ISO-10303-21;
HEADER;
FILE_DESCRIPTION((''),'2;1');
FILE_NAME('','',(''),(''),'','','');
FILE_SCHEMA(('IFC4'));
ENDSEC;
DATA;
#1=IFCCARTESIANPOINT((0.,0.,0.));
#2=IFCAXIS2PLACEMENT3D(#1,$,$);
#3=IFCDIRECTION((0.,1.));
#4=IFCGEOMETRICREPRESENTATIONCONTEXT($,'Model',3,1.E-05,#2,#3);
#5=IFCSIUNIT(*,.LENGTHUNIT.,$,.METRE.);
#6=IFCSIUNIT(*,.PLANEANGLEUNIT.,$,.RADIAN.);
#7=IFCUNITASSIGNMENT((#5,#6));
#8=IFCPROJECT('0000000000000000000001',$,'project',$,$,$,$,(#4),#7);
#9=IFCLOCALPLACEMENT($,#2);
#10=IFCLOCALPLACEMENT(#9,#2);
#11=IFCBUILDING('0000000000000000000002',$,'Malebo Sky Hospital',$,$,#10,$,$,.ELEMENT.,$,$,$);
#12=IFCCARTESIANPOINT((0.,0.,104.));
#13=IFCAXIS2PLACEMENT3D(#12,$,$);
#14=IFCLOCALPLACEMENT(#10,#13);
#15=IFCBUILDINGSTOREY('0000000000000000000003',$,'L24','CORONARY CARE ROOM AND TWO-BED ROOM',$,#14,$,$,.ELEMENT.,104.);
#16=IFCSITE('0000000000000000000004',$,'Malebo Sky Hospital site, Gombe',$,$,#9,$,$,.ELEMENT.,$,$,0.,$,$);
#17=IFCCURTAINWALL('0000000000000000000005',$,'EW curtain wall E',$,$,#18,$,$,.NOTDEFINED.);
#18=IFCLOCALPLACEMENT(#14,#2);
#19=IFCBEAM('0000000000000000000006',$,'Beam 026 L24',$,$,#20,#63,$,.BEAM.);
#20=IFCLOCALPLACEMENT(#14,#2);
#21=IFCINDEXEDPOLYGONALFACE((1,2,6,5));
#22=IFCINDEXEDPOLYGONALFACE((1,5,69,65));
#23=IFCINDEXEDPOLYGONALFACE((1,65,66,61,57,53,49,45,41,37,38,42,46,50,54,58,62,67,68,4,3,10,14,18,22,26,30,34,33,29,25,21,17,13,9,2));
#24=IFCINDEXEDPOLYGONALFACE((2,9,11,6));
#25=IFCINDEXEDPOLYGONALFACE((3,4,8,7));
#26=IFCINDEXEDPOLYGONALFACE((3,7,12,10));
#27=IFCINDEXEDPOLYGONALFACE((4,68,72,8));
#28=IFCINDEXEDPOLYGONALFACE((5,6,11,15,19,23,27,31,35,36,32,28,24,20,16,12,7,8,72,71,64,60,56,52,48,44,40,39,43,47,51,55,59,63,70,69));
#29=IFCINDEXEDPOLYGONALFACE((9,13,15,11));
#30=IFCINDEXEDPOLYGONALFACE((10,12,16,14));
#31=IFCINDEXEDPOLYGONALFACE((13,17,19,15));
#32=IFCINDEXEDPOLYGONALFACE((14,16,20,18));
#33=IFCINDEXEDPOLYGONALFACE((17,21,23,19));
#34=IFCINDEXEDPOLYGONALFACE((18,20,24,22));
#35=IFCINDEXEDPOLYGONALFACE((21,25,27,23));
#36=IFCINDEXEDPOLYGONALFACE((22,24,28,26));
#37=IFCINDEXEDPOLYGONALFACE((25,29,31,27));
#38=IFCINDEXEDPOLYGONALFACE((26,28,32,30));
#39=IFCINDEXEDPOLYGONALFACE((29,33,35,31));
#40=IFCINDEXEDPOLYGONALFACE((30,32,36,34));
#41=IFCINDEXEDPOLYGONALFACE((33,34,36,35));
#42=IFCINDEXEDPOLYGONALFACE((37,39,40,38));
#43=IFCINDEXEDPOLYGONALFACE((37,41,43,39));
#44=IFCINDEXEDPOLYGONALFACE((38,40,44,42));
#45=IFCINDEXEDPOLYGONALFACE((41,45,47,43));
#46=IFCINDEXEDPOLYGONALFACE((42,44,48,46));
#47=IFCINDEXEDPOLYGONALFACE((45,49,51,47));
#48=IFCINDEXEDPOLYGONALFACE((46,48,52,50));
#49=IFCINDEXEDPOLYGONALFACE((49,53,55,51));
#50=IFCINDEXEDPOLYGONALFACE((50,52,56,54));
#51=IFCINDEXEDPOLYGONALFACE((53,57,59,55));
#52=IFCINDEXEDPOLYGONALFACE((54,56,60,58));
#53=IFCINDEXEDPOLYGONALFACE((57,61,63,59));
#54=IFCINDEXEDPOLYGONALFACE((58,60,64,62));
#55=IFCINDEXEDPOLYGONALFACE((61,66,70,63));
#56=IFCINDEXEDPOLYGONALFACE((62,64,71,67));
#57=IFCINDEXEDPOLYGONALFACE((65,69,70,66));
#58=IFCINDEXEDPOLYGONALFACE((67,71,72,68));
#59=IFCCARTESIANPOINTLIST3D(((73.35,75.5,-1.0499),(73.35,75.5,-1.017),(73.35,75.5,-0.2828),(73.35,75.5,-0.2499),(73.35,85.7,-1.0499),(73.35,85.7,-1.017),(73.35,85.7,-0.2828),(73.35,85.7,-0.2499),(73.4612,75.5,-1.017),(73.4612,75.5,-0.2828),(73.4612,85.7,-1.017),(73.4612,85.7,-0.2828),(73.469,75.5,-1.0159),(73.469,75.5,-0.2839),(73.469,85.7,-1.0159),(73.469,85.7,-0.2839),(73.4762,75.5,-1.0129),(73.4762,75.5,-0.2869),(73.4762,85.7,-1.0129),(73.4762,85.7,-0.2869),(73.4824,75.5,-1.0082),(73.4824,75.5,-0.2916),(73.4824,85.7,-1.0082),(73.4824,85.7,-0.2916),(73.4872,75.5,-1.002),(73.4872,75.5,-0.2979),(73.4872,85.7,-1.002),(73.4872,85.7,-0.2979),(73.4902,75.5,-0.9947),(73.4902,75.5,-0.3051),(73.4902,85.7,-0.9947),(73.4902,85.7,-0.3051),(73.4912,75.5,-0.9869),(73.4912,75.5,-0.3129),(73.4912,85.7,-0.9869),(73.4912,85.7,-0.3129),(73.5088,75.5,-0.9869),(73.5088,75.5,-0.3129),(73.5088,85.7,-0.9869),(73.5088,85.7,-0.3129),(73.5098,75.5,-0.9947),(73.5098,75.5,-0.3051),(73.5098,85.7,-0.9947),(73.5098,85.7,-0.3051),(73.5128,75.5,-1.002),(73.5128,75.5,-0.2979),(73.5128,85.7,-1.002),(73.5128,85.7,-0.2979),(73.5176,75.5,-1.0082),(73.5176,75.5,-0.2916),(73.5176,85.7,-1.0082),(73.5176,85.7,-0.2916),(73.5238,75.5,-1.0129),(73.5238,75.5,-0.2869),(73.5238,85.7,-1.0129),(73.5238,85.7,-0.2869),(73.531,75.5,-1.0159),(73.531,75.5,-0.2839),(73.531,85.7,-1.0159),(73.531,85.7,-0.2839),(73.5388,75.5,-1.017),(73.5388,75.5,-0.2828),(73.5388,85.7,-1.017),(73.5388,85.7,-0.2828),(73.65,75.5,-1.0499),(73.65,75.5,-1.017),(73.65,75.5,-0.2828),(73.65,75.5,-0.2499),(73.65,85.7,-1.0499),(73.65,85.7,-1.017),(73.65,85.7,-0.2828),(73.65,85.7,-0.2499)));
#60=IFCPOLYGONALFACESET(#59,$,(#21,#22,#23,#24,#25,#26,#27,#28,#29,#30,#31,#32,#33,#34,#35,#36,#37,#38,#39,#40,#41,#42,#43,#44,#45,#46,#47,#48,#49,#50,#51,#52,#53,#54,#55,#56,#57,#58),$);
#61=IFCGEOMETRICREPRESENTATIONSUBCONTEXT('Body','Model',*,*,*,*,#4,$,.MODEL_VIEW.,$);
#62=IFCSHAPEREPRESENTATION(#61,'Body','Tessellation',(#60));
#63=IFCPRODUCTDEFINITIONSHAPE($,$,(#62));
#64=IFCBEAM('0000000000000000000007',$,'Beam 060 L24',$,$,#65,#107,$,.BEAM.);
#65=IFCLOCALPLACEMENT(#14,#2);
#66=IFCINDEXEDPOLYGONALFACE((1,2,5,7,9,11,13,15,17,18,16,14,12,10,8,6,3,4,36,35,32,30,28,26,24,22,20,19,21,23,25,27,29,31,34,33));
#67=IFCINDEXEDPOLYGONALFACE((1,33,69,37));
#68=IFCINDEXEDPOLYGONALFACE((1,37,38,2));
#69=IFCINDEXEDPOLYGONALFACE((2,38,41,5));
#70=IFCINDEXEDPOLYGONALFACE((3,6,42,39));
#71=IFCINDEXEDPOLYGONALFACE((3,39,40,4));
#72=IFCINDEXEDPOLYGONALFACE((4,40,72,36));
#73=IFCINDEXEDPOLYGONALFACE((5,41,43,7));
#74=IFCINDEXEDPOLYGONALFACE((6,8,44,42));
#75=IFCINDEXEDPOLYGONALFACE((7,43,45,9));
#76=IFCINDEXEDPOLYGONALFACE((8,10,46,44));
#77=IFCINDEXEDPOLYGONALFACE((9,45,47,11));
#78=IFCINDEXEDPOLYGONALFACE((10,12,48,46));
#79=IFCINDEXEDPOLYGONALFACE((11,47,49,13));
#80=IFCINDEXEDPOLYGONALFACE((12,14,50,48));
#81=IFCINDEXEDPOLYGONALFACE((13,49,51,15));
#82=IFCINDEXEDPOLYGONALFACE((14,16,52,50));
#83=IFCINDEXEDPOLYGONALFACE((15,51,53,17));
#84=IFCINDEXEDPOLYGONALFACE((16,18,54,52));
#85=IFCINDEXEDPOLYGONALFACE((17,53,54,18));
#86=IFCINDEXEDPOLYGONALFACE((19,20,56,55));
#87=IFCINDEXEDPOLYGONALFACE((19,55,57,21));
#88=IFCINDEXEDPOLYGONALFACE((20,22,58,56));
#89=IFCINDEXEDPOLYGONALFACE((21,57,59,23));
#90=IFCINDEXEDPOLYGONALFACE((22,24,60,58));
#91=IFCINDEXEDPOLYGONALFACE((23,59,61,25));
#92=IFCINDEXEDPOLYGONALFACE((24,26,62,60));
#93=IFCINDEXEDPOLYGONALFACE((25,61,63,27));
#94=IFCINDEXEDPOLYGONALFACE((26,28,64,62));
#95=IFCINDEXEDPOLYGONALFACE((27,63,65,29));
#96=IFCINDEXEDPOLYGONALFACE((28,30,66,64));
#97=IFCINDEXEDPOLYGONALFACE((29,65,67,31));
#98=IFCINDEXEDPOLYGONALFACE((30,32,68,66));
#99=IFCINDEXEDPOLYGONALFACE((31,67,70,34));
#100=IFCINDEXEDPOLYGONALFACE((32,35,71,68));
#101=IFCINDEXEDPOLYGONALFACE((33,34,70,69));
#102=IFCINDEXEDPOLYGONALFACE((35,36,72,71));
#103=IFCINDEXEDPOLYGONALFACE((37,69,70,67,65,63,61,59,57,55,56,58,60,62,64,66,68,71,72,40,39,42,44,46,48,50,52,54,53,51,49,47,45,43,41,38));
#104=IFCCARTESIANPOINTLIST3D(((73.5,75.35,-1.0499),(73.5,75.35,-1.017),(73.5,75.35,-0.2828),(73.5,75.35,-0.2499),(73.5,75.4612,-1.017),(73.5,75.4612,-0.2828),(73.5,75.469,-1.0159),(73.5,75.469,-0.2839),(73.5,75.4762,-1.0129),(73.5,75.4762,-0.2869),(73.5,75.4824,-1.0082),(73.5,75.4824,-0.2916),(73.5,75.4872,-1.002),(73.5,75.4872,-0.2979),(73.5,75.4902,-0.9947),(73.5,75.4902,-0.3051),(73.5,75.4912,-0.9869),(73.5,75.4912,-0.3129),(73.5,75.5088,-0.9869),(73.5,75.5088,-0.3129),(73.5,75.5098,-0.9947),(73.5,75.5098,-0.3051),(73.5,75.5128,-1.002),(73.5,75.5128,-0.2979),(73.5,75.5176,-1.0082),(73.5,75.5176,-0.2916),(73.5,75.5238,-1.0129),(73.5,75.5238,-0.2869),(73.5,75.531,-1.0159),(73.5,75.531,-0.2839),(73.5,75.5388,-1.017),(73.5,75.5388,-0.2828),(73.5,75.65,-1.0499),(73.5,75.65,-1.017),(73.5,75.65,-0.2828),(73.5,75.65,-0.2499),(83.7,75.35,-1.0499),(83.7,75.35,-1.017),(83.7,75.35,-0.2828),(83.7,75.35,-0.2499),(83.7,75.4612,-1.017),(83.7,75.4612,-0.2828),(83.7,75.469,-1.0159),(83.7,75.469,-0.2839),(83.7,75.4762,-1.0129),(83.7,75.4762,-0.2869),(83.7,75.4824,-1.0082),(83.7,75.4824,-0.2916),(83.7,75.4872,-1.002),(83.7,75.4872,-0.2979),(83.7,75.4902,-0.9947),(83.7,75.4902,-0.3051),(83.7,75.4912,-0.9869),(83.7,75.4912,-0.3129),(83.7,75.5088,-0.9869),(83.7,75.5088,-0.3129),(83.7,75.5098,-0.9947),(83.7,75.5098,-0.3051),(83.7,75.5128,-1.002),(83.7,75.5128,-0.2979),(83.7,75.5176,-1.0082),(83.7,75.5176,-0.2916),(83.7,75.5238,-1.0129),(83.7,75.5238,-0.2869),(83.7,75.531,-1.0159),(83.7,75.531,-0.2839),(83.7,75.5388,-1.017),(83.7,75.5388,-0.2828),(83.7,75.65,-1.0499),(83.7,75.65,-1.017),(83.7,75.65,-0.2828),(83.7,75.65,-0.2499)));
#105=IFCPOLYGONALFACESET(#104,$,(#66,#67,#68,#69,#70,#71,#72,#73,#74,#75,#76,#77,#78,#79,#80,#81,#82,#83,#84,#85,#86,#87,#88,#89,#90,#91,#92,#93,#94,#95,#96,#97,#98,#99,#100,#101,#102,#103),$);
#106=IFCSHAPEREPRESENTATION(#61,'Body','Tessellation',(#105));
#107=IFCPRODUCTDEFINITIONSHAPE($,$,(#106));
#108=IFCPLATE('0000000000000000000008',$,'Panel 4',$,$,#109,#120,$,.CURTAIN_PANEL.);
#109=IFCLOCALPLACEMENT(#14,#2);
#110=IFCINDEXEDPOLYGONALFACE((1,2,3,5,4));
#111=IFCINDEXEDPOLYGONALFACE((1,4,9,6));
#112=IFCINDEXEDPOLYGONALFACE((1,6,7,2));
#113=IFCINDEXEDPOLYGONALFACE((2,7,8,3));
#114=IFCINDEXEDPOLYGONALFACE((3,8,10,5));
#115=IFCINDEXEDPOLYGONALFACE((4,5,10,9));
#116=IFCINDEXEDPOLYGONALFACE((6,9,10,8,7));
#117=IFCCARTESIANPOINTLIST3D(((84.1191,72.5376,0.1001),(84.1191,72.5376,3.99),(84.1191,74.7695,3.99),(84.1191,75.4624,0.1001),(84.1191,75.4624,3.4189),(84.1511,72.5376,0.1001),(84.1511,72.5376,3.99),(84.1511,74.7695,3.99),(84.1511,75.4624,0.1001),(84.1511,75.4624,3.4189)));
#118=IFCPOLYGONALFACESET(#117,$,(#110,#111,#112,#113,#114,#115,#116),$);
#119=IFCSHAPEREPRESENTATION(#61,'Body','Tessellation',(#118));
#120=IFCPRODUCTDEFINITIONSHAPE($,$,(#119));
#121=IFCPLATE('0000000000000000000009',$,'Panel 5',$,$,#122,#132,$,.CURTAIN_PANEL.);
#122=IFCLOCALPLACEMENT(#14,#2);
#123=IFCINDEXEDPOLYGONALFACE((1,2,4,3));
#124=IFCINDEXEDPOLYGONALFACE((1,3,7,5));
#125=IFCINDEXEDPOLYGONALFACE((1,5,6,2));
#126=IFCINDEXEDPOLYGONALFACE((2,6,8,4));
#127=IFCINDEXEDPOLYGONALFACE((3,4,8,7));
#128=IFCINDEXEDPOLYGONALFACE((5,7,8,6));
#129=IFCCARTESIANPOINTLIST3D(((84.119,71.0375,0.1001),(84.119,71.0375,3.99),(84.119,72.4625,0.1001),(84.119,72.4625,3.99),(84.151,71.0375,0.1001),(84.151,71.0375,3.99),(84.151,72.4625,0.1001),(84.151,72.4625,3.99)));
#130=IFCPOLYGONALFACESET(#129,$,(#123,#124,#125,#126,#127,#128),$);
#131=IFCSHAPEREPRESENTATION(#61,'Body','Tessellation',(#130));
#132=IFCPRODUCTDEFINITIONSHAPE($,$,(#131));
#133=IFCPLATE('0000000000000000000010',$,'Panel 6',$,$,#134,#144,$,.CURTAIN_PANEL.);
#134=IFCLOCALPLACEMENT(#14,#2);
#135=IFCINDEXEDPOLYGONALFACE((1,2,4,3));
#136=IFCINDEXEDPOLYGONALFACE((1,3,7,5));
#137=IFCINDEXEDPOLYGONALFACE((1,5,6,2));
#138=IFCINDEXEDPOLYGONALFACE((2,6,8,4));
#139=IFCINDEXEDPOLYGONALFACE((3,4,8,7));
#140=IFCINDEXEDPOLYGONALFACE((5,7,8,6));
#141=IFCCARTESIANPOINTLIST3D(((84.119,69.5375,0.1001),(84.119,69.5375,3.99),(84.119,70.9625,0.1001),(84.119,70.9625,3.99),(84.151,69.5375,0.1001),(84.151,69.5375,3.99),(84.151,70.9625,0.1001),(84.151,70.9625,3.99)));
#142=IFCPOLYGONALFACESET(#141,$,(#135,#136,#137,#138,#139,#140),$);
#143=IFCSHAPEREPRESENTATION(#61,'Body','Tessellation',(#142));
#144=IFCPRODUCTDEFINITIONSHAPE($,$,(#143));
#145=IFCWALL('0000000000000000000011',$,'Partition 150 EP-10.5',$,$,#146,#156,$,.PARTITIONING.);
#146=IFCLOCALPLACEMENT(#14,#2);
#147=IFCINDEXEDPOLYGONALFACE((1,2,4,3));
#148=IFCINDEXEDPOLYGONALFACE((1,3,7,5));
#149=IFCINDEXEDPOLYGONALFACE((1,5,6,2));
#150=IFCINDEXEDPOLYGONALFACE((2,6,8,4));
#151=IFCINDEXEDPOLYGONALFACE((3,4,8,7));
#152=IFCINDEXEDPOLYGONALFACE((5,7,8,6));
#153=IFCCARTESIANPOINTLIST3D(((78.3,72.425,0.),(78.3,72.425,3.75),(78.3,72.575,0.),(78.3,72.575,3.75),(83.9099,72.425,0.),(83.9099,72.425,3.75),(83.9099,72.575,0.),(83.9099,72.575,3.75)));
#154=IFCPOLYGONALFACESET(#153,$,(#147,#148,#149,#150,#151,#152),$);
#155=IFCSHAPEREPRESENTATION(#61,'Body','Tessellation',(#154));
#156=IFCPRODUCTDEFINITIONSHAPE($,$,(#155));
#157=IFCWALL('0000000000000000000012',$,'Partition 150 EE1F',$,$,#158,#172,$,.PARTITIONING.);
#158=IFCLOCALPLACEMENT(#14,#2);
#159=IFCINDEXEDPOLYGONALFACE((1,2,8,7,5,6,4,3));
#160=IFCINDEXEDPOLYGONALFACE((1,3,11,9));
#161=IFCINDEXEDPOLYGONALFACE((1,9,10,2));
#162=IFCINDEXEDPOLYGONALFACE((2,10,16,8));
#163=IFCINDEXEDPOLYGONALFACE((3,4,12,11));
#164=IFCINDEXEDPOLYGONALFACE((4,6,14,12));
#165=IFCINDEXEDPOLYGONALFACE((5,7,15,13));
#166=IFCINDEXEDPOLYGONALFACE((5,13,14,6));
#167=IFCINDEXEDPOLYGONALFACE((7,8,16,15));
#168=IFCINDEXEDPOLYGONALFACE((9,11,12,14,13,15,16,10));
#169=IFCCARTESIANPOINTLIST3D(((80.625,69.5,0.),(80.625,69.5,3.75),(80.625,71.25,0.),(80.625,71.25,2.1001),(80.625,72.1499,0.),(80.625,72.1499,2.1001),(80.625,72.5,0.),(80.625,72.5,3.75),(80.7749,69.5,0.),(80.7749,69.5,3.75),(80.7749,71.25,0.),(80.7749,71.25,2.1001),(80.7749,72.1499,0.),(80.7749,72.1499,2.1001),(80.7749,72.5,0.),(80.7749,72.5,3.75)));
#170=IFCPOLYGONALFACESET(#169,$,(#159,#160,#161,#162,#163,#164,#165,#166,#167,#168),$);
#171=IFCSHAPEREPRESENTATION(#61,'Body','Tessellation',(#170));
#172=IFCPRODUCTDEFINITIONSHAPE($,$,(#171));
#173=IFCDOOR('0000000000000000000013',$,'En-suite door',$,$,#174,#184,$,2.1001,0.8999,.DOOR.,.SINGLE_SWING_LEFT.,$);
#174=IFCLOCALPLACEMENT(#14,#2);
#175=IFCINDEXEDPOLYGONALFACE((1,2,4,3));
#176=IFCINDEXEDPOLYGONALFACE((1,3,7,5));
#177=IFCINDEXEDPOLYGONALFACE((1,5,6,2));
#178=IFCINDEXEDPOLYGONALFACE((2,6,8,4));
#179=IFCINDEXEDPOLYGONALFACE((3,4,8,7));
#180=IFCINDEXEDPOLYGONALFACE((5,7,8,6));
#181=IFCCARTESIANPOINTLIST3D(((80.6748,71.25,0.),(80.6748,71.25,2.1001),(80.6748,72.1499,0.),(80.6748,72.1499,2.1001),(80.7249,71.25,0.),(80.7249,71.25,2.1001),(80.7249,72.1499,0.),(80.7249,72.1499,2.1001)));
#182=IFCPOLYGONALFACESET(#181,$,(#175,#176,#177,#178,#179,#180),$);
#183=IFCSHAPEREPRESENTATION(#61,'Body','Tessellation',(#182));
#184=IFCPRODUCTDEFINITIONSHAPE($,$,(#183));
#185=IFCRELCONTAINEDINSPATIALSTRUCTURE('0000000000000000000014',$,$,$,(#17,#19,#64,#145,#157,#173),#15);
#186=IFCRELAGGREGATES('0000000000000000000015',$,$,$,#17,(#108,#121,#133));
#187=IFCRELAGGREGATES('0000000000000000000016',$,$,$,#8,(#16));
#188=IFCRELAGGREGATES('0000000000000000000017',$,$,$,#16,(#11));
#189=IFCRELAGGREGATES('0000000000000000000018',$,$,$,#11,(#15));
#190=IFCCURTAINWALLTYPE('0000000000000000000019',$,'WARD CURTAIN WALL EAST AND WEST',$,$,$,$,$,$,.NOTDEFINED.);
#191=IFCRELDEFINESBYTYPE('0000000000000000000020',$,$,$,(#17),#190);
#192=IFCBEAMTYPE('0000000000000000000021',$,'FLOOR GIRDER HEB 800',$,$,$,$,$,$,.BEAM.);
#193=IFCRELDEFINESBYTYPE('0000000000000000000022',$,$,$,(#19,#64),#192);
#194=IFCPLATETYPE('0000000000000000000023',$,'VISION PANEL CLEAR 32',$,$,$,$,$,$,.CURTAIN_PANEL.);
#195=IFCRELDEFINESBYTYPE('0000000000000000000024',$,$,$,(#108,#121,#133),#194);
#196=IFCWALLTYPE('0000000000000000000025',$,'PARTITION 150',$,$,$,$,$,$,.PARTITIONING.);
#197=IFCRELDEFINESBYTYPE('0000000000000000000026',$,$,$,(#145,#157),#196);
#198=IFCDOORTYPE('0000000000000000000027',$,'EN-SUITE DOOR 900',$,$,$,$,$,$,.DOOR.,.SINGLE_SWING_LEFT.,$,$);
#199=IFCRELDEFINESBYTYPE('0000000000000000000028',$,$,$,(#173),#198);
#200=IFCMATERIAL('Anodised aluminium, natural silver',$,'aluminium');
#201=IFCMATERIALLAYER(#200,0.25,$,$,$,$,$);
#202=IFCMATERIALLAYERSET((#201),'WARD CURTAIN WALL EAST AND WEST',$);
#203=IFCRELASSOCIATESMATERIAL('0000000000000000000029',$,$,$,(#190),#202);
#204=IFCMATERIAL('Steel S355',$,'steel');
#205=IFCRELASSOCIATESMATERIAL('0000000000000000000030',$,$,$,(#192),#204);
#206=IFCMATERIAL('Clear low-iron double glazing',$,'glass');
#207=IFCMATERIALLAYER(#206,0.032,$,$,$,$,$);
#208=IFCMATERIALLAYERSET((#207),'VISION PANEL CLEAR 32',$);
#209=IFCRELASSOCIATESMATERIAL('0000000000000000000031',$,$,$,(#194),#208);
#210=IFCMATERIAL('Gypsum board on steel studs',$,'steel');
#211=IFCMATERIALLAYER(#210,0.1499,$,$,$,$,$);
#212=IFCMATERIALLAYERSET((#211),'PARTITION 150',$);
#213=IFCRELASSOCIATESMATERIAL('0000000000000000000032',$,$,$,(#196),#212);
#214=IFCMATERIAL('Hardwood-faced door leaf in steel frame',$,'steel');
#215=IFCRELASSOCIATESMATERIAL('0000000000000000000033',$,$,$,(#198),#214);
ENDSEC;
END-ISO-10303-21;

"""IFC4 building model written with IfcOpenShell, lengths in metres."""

from ifc_helpers import new_model, si_unit, direction, frame, frame_2d, origin, origin_2d, place, context, subcontext, project, spatial, polyline, rectangle, i_section, outline, extrude, material, layer, layer_set, material_profile, profile_set, type_object, element, fill, aggregate, save


model = new_model("IFC4")

# Units and contexts
model_context = context("Model", 3, precision=1e-05, world=origin(), true_north=direction((0.0, 1.0)))
body_context = subcontext(model_context, "Body", "Model", "MODEL_VIEW")
ifc_project = project(units=[si_unit("LENGTHUNIT", "METRE"), si_unit("PLANEANGLEUNIT", "RADIAN")], contexts=[model_context])

# Site, building, storey
site_placement = place(None, origin())
site = spatial("IfcSite", under=ifc_project, at=site_placement, Name="Malebo Sky Hospital site, Gombe", CompositionType="ELEMENT", RefElevation=0.0)
building_placement = place(site_placement, origin())
building = spatial("IfcBuilding", under=site, at=building_placement, Name="Malebo Sky Hospital", CompositionType="ELEMENT")
storey_placement = place(building_placement, frame((0.0, 0.0, 104.0)))
storey = spatial("IfcBuildingStorey", under=building, at=storey_placement, Name="L24", Description="CORONARY CARE ROOM AND TWO-BED ROOM", CompositionType="ELEMENT", Elevation=104.0)

# Curtain wall
ifc_material_1 = material(Name="Anodised aluminium, natural silver", Category="aluminium")
ifc_layer_1 = layer(ifc_material_1, 0.25)
ifc_layer_set_1 = layer_set([ifc_layer_1], Name="WARD CURTAIN WALL EAST AND WEST")
curtain_wall_type = type_object("IfcCurtainWallType", Name="WARD CURTAIN WALL EAST AND WEST", PredefinedType="NOTDEFINED", material=ifc_layer_set_1)
curtain_wall_placement = place(storey_placement, origin())
curtain_wall = element("IfcCurtainWall", 1, at=curtain_wall_placement, inside=storey, type_object=curtain_wall_type, Name="EW curtain wall E", PredefinedType="NOTDEFINED")

# Beams
ifc_material_2 = material(Name="Steel S355", Category="steel")
ifc_material_profile_1 = material_profile(ifc_material_2, i_section(OverallWidth=0.3, OverallDepth=0.8, WebThickness=0.0176, FlangeThickness=0.033, FilletRadius=0.03, at=origin_2d()), Name="HEB 800")
ifc_profile_set_1 = profile_set([ifc_material_profile_1], Name="Steel S355")
beam_type_1 = type_object("IfcBeamType", Name="FLOOR GIRDER HEB 800", PredefinedType="BEAM", material=ifc_profile_set_1)
for number, where, z_axis, x_axis, name in (
    (2, (73.5, 75.5, -0.6499), (0.0, 1.0, 0.0), (-1.0, 0.0, 0.0), "Beam 026 L24"),
    (3, (73.5, 75.5, -0.6499), (1.0, 0.0, 0.0), (0.0, 1.0, 0.0), "Beam 060 L24"),
):
    element("IfcBeam", number, at=place(storey_placement, frame(where, z_axis=z_axis, x_axis=x_axis)), inside=storey, type_object=beam_type_1, Name=name, PredefinedType="BEAM", context=body_context, shape_type="SweptSolid", body=[
        extrude(i_section(OverallWidth=0.3, OverallDepth=0.8, WebThickness=0.0176, FlangeThickness=0.033, FilletRadius=0.03, at=origin_2d()), origin(), (0.0, 0.0, 1.0), 10.2),
    ])

# Plates
ifc_material_3 = material(Name="Clear low-iron double glazing", Category="glass")
ifc_layer_2 = layer(ifc_material_3, 0.032)
ifc_layer_set_2 = layer_set([ifc_layer_2], Name="VISION PANEL CLEAR 32")
plate_type = type_object("IfcPlateType", Name="VISION PANEL CLEAR 32", PredefinedType="CURTAIN_PANEL", material=ifc_layer_set_2)
plate_1_placement = place(storey_placement, frame((84.135, 74.0, 0.1001), z_axis=(0.0, 0.0, 1.0), x_axis=(0.0, -1.0, 0.0)))
plate_1 = element("IfcPlate", 4, at=plate_1_placement, type_object=plate_type, Name="Panel 4", PredefinedType="CURTAIN_PANEL", context=body_context, shape_type="SweptSolid", body=[
    extrude(outline(polyline([(-1.4624, 0.0), (1.4624, 0.0), (1.4624, 3.8899), (-0.7695, 3.8899), (-1.4624, 3.3188), (-1.4624, 0.0)])), frame((0.0, 0.0161, 0.0), z_axis=(0.0, -1.0, 0.0), x_axis=(1.0, 0.0, 0.0)), (0.0, 0.0, 1.0), 0.032),
])
plate_2_placement = place(storey_placement, frame((84.135, 71.75, 0.1001), z_axis=(0.0, 0.0, 1.0), x_axis=(0.0, -1.0, 0.0)))
plate_2 = element("IfcPlate", 5, at=plate_2_placement, type_object=plate_type, Name="Panel 5", PredefinedType="CURTAIN_PANEL", context=body_context, shape_type="SweptSolid", body=[
    extrude(rectangle(XDim=1.425, YDim=0.032, at=origin_2d()), origin(), (0.0, 0.0, 1.0), 3.8899),
])
plate_3_placement = place(storey_placement, frame((84.135, 70.25, 0.1001), z_axis=(0.0, 0.0, 1.0), x_axis=(0.0, -1.0, 0.0)))
plate_3 = element("IfcPlate", 6, at=plate_3_placement, type_object=plate_type, Name="Panel 6", PredefinedType="CURTAIN_PANEL", context=body_context, shape_type="SweptSolid", body=[
    extrude(rectangle(XDim=1.425, YDim=0.032, at=origin_2d()), origin(), (0.0, 0.0, 1.0), 3.8899),
])
aggregate(curtain_wall, [plate_1, plate_2, plate_3])

# Wall
ifc_material_4 = material(Name="Gypsum board on steel studs", Category="steel")
ifc_layer_3 = layer(ifc_material_4, 0.1499)
ifc_layer_set_3 = layer_set([ifc_layer_3], Name="PARTITION 150")
wall_type = type_object("IfcWallType", Name="PARTITION 150", PredefinedType="PARTITIONING", material=ifc_layer_set_3)
wall_1_placement = place(storey_placement, frame((78.3, 72.5, 0.0), z_axis=(0.0, 0.0, 1.0), x_axis=(1.0, 0.0, 0.0)))
element("IfcWall", 7, at=wall_1_placement, inside=storey, type_object=wall_type, Name="Partition 150 EP-10.5", PredefinedType="PARTITIONING", context=body_context, shape_type="SweptSolid", body=[
    extrude(rectangle(XDim=5.6099, YDim=0.1499, at=frame_2d((2.8049, 0.0))), origin(), (0.0, 0.0, 1.0), 3.75),
])

# Wall, opening, door
wall_2_placement = place(storey_placement, frame((80.7, 72.5, 0.0), z_axis=(0.0, 0.0, 1.0), x_axis=(0.0, -1.0, 0.0)))
wall_2 = element("IfcWall", 8, at=wall_2_placement, inside=storey, type_object=wall_type, Name="Partition 150 EE1F", PredefinedType="PARTITIONING", context=body_context, shape_type="SweptSolid", body=[
    extrude(rectangle(XDim=3.0, YDim=0.1499, at=frame_2d((1.5, 0.0))), origin(), (0.0, 0.0, 1.0), 3.75),
])
opening_placement = place(wall_2_placement, frame((0.3501, 0.0, 0.0)))
opening = element("IfcOpeningElement", 9, at=opening_placement, cuts=wall_2, PredefinedType="OPENING", context=body_context, shape_type="SweptSolid", body=[
    extrude(rectangle(XDim=0.8999, YDim=2.1001, at=frame_2d((0.45, 1.05))), frame((0.0, 0.085, 0.0), z_axis=(0.0, -1.0, 0.0), x_axis=(1.0, 0.0, 0.0)), (0.0, 0.0, 1.0), 0.1699),
])
ifc_material_5 = material(Name="Hardwood-faced door leaf in steel frame", Category="steel")
door_type = type_object("IfcDoorType", Name="EN-SUITE DOOR 900", OperationType="SINGLE_SWING_LEFT", PredefinedType="DOOR", material=ifc_material_5)
door_placement = place(opening_placement, origin())
door = element("IfcDoor", 10, at=door_placement, inside=storey, type_object=door_type, Name="En-suite door", OperationType="SINGLE_SWING_LEFT", OverallHeight=2.1001, OverallWidth=0.8999, PredefinedType="DOOR", context=body_context, shape_type="SweptSolid", body=[
    extrude(rectangle(XDim=0.8999, YDim=2.1001, at=frame_2d((0.45, 1.05))), frame((0.0, 0.0249, 0.0), z_axis=(0.0, -1.0, 0.0), x_axis=(1.0, 0.0, 0.0)), (0.0, 0.0, 1.0), 0.05),
])
fill(opening, door)

save(model, "model.ifc")
